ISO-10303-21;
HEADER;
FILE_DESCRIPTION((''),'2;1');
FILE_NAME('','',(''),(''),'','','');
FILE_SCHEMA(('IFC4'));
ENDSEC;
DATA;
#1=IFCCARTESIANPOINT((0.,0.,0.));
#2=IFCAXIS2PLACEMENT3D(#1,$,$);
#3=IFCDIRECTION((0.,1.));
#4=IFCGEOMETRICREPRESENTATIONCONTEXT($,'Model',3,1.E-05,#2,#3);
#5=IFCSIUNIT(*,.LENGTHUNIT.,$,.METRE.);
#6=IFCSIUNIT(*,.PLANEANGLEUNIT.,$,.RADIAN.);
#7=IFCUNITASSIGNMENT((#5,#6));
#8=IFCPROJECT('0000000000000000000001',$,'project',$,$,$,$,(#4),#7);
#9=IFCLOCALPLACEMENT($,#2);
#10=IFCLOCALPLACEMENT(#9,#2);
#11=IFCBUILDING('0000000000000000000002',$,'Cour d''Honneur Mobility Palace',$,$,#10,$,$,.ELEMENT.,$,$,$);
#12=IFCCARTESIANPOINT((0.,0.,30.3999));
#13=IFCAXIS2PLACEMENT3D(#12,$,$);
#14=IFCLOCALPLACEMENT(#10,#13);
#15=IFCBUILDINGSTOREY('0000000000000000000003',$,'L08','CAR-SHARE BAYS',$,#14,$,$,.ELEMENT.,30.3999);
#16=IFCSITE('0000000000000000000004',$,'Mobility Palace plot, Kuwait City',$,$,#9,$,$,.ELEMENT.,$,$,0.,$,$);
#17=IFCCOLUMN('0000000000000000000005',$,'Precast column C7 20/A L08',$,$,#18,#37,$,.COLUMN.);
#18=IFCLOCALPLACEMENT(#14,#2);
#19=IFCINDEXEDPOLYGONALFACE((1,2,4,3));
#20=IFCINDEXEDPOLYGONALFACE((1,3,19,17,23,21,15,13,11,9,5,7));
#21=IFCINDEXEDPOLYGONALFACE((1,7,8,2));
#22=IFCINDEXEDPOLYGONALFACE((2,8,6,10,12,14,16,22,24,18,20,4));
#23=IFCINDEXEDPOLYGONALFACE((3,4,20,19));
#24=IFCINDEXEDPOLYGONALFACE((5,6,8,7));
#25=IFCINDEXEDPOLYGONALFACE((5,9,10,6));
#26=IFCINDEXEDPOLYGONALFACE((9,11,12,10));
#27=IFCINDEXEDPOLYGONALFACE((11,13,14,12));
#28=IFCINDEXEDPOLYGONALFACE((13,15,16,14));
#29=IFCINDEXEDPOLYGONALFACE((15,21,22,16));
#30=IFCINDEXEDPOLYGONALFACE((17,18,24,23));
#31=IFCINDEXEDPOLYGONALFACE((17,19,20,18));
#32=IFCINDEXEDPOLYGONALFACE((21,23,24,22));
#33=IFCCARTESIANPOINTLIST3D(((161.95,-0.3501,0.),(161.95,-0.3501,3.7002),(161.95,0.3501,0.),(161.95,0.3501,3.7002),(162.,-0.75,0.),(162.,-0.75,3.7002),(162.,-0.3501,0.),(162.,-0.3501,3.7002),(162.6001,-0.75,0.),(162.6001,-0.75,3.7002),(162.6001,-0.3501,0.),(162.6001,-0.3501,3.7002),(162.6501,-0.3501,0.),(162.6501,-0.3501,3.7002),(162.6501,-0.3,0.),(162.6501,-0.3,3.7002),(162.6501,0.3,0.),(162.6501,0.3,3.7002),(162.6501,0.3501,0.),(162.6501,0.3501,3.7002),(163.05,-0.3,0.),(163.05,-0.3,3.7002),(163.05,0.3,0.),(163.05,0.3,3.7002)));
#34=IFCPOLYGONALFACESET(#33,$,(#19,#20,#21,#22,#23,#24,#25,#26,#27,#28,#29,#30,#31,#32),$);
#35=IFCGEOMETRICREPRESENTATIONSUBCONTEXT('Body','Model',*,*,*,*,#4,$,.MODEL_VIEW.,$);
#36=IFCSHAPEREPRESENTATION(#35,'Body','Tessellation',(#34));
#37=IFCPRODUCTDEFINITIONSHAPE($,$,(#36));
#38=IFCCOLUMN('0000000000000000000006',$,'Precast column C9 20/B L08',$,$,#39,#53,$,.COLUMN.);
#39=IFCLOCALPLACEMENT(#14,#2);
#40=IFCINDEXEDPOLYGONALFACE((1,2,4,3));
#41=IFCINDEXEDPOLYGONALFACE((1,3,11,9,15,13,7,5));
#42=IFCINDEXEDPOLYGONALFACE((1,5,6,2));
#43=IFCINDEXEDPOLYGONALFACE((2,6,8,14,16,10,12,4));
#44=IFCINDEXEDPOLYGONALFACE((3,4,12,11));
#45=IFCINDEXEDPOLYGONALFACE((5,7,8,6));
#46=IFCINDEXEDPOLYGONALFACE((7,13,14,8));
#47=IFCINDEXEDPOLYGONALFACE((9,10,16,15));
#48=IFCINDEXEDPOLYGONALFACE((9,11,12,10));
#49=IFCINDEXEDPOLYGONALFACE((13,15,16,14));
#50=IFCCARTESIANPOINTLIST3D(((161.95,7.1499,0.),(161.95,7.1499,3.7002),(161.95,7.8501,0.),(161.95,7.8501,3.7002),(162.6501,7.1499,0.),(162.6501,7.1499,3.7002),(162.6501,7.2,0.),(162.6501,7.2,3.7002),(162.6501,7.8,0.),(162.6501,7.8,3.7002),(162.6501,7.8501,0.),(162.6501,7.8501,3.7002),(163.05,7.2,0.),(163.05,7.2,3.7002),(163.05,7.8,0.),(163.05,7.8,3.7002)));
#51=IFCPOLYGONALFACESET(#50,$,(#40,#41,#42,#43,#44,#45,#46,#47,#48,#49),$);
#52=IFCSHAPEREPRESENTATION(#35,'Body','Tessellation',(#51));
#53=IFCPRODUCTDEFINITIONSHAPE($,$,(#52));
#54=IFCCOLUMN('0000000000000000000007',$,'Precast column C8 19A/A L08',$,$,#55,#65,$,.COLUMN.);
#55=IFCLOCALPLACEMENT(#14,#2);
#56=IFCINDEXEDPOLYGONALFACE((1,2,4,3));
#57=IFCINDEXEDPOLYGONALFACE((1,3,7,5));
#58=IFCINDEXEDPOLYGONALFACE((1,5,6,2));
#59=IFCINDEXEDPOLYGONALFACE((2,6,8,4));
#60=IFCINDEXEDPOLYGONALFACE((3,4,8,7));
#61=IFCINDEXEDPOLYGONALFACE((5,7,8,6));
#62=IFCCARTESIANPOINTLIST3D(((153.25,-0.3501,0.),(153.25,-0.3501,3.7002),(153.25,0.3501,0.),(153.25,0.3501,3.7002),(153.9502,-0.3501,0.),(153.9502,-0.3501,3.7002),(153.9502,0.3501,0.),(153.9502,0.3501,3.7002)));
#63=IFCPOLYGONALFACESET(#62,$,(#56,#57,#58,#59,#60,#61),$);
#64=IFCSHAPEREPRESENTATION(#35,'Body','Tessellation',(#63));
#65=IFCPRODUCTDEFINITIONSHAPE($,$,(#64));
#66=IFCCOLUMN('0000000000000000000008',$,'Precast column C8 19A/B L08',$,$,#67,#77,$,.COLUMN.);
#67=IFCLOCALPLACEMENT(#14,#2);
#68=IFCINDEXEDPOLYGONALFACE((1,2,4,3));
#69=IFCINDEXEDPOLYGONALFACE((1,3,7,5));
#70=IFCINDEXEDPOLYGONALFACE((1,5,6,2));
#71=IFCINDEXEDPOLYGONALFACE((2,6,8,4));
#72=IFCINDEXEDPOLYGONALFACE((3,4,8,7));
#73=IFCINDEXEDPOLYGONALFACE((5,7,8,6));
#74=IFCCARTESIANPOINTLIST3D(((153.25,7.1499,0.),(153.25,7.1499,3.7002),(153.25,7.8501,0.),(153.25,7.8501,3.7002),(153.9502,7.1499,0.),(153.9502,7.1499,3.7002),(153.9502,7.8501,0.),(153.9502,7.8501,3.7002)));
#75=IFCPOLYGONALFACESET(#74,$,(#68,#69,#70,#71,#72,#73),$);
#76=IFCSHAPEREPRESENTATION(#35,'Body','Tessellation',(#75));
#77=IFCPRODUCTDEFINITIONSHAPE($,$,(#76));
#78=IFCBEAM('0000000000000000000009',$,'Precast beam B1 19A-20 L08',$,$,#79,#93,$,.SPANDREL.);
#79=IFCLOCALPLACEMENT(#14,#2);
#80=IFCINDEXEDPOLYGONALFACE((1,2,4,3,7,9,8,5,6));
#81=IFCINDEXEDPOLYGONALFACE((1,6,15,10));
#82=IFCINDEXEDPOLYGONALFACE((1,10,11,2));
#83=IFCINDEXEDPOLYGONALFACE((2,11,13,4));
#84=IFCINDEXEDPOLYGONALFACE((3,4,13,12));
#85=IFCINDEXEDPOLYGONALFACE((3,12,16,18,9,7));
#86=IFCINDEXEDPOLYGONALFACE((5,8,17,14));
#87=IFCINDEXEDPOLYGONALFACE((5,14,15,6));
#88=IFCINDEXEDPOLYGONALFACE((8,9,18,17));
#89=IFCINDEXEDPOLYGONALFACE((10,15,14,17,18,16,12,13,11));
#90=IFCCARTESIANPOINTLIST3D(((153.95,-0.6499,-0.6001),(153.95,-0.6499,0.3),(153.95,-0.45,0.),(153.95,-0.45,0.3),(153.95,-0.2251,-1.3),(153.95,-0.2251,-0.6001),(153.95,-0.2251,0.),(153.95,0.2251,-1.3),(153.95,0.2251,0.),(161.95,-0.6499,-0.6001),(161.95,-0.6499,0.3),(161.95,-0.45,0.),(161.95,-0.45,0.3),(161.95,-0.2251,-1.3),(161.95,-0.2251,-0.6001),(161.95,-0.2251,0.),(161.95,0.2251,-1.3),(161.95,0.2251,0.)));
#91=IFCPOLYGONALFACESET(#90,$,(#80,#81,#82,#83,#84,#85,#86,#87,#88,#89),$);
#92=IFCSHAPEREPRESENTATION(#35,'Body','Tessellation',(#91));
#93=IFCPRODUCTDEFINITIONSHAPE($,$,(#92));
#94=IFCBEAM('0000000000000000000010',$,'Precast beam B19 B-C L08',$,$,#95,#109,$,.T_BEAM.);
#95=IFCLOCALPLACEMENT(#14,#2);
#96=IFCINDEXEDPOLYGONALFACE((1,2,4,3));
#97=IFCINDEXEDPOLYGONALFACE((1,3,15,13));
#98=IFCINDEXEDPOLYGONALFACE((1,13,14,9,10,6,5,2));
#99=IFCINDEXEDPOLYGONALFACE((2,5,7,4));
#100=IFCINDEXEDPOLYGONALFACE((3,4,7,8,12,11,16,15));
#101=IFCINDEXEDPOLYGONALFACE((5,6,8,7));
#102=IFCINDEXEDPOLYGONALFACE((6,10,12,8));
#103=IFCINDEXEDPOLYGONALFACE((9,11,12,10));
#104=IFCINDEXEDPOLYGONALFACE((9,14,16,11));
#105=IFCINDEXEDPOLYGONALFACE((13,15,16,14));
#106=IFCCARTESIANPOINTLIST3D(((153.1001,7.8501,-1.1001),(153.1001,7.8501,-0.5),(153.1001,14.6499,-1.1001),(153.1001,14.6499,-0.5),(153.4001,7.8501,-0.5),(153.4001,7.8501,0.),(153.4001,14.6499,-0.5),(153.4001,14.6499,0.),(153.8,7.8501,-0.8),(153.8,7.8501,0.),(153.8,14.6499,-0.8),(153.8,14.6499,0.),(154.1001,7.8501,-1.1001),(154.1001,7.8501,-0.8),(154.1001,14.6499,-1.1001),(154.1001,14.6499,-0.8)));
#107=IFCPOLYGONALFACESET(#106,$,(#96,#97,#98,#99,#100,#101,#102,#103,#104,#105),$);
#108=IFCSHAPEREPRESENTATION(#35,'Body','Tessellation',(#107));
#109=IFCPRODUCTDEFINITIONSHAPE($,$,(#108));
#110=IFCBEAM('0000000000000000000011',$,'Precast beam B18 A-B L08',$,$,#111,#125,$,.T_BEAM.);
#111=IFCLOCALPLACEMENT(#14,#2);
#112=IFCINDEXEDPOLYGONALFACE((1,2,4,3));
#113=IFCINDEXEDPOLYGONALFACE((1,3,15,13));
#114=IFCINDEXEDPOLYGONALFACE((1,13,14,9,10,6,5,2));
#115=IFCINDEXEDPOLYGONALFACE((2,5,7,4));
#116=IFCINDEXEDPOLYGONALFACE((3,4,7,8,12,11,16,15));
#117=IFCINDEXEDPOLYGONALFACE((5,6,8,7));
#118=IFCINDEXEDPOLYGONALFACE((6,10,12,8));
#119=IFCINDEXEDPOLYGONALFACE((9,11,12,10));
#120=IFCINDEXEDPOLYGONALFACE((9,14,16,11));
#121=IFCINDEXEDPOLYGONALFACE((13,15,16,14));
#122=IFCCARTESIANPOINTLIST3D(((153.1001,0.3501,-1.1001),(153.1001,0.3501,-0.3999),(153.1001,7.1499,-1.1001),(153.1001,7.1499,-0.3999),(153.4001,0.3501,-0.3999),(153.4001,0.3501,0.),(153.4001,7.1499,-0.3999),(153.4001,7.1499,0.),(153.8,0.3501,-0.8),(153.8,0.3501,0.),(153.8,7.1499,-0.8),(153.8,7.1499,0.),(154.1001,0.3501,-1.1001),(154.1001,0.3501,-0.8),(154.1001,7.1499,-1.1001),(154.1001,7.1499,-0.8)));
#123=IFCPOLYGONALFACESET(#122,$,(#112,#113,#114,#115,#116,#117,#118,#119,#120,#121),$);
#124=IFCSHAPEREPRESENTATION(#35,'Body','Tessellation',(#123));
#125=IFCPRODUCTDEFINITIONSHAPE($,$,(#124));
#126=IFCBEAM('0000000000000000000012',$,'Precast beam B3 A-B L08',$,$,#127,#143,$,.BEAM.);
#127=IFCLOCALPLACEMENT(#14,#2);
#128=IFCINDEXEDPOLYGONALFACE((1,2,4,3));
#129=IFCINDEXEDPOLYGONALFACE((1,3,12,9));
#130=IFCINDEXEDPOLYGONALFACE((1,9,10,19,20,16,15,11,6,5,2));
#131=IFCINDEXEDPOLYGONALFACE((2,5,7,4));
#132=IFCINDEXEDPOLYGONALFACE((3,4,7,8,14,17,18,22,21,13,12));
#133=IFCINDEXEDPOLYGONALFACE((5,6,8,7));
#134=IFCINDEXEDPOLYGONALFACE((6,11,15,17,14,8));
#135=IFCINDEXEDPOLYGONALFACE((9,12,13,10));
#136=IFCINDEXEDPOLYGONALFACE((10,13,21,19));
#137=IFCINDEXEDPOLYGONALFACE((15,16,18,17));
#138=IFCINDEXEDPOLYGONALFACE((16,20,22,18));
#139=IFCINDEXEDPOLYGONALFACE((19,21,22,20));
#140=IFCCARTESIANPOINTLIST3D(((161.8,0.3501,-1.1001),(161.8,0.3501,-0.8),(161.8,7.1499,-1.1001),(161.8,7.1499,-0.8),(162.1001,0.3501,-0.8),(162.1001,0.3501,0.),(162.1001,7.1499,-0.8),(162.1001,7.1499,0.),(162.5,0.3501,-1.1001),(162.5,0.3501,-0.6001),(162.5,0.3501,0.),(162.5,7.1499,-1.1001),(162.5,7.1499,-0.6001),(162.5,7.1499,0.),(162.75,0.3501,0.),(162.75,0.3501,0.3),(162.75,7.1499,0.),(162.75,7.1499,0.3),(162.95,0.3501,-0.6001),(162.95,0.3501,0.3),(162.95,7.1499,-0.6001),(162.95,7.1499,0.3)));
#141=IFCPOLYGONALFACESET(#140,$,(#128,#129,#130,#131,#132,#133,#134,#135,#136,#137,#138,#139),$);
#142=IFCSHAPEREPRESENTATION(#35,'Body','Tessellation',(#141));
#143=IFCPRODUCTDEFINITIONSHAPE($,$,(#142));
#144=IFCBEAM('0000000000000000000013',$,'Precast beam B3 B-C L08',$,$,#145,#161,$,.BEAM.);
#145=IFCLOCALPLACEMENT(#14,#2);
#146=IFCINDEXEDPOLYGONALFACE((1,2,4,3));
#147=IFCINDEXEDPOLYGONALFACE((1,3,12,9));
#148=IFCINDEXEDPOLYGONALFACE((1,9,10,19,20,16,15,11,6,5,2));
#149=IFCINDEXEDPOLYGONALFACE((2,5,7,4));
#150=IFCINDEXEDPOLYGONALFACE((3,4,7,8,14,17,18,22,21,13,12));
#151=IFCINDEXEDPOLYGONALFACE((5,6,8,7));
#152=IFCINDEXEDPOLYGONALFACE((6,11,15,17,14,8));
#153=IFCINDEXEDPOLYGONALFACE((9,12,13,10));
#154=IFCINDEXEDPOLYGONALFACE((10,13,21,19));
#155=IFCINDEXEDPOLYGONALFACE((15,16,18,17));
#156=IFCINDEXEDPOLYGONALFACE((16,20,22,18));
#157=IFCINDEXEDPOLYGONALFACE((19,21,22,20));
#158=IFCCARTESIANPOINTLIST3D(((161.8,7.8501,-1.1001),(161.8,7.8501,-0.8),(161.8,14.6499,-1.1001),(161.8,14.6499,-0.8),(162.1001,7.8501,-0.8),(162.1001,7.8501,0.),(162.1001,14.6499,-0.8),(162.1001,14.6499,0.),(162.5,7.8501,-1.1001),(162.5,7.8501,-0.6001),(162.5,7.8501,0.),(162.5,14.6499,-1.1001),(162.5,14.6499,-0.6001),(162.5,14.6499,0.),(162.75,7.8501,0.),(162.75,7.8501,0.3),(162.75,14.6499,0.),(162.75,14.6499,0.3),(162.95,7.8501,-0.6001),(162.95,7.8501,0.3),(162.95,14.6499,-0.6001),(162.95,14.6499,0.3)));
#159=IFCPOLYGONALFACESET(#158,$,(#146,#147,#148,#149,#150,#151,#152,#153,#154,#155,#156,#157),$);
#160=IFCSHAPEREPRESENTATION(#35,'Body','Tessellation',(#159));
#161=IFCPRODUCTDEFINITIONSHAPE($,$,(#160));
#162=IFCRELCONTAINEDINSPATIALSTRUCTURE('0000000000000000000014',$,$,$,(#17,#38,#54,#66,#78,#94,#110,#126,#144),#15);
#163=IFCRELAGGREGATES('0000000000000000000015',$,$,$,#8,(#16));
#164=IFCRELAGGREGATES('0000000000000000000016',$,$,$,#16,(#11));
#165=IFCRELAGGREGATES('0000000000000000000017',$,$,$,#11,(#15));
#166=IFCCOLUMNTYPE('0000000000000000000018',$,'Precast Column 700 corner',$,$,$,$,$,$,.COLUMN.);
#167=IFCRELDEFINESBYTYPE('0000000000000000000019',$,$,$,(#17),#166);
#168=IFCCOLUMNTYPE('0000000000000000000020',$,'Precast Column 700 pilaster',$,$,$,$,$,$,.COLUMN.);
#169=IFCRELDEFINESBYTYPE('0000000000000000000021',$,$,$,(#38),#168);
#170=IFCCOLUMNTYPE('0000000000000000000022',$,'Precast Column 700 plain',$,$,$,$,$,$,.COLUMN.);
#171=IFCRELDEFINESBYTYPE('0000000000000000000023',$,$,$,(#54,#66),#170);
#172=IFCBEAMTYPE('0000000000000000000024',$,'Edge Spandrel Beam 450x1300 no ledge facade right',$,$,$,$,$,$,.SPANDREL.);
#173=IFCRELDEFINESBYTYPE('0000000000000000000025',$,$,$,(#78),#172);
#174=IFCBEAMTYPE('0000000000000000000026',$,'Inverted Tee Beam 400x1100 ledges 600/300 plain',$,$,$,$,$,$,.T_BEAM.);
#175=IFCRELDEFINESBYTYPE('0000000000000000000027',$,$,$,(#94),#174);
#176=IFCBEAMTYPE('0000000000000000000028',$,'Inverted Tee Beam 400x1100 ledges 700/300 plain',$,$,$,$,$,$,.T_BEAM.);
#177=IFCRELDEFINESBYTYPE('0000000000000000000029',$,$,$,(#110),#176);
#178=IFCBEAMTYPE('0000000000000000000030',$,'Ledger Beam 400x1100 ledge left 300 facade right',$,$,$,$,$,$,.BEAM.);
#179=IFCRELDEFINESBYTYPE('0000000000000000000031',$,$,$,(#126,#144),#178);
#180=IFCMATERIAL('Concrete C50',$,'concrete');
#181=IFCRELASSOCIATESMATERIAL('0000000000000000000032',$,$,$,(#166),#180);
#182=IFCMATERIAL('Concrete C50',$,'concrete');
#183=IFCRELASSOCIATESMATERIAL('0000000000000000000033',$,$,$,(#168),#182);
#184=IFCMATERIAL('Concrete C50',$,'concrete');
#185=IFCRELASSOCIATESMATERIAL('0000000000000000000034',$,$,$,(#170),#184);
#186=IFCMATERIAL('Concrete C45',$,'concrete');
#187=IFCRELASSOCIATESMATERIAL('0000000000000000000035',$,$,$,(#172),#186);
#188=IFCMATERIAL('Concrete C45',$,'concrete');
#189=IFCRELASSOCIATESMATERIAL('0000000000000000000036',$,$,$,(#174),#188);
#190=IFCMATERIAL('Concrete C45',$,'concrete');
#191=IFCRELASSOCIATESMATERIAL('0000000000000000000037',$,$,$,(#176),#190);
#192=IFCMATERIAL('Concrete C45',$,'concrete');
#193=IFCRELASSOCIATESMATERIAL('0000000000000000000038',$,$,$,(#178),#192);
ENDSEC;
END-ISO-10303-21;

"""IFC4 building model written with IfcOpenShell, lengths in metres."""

from ifc_helpers import new_model, si_unit, direction, frame, origin, place, context, subcontext, project, spatial, polyline, outline, extrude, material, material_profile, profile_set, type_object, element, save


model = new_model("IFC4")

# Units and contexts
model_context = context("Model", 3, precision=1e-05, world=origin(), true_north=direction((0.0, 1.0)))
body_context = subcontext(model_context, "Body", "Model", "MODEL_VIEW")
ifc_project = project(units=[si_unit("LENGTHUNIT", "METRE"), si_unit("PLANEANGLEUNIT", "RADIAN")], contexts=[model_context])

# Site, building, storey
site_placement = place(None, origin())
site = spatial("IfcSite", under=ifc_project, at=site_placement, Name="Mobility Palace plot, Kuwait City", CompositionType="ELEMENT", RefElevation=0.0)
building_placement = place(site_placement, origin())
building = spatial("IfcBuilding", under=site, at=building_placement, Name="Cour d'Honneur Mobility Palace", CompositionType="ELEMENT")
storey_placement = place(building_placement, frame((0.0, 0.0, 30.3999)))
storey = spatial("IfcBuildingStorey", under=building, at=storey_placement, Name="L08", Description="CAR-SHARE BAYS", CompositionType="ELEMENT", Elevation=30.3999)

# Columns
ifc_material_1 = material(Name="Concrete C50", Category="concrete")
ifc_material_profile_1 = material_profile(ifc_material_1, outline(polyline([(-0.3501, -0.3501), (0.3501, -0.3501), (0.3501, -0.3), (0.75, -0.3), (0.75, 0.3), (0.3501, 0.3), (0.3501, 0.3501), (0.3, 0.3501), (0.3, 0.75), (-0.3, 0.75), (-0.3, 0.3501), (-0.3501, 0.3501), (-0.3501, -0.3501)])), Name="PC C700 corner")
ifc_profile_set_1 = profile_set([ifc_material_profile_1], Name="Concrete C50")
column_type_1 = type_object("IfcColumnType", Name="Precast Column 700 corner", PredefinedType="COLUMN", material=ifc_profile_set_1)
column_1_placement = place(storey_placement, frame((162.3, 0.0, 0.0), z_axis=(0.0, 0.0, 1.0), x_axis=(0.0, -1.0, 0.0)))
element("IfcColumn", 1, at=column_1_placement, inside=storey, type_object=column_type_1, Name="Precast column C7 20/A L08", PredefinedType="COLUMN", context=body_context, shape_type="SweptSolid", body=[
    extrude(outline(polyline([(-0.3501, -0.3501), (0.3501, -0.3501), (0.3501, -0.3), (0.75, -0.3), (0.75, 0.3), (0.3501, 0.3), (0.3501, 0.3501), (0.3, 0.3501), (0.3, 0.75), (-0.3, 0.75), (-0.3, 0.3501), (-0.3501, 0.3501), (-0.3501, -0.3501)])), origin(), (0.0, 0.0, 1.0), 3.7002),
])
ifc_material_2 = material(Name="Concrete C50", Category="concrete")
ifc_material_profile_2 = material_profile(ifc_material_2, outline(polyline([(-0.3501, -0.3501), (0.3501, -0.3501), (0.3501, -0.3), (0.75, -0.3), (0.75, 0.3), (0.3501, 0.3), (0.3501, 0.3501), (-0.3501, 0.3501), (-0.3501, -0.3501)])), Name="PC C700 pilaster")
ifc_profile_set_2 = profile_set([ifc_material_profile_2], Name="Concrete C50")
column_type_2 = type_object("IfcColumnType", Name="Precast Column 700 pilaster", PredefinedType="COLUMN", material=ifc_profile_set_2)
column_2_placement = place(storey_placement, frame((162.3, 7.5, 0.0), z_axis=(0.0, 0.0, 1.0), x_axis=(1.0, 0.0, 0.0)))
element("IfcColumn", 2, at=column_2_placement, inside=storey, type_object=column_type_2, Name="Precast column C9 20/B L08", PredefinedType="COLUMN", context=body_context, shape_type="SweptSolid", body=[
    extrude(outline(polyline([(-0.3501, -0.3501), (0.3501, -0.3501), (0.3501, -0.3), (0.75, -0.3), (0.75, 0.3), (0.3501, 0.3), (0.3501, 0.3501), (-0.3501, 0.3501), (-0.3501, -0.3501)])), origin(), (0.0, 0.0, 1.0), 3.7002),
])
ifc_material_3 = material(Name="Concrete C50", Category="concrete")
ifc_material_profile_3 = material_profile(ifc_material_3, outline(polyline([(-0.3501, -0.3501), (0.3501, -0.3501), (0.3501, 0.3501), (-0.3501, 0.3501), (-0.3501, -0.3501)])), Name="PC C700 plain")
ifc_profile_set_3 = profile_set([ifc_material_profile_3], Name="Concrete C50")
column_type_3 = type_object("IfcColumnType", Name="Precast Column 700 plain", PredefinedType="COLUMN", material=ifc_profile_set_3)
for number, where, z_axis, x_axis, name in (
    (3, (153.6001, 0.0, 0.0), (0.0, 0.0, 1.0), (1.0, 0.0, 0.0), "Precast column C8 19A/A L08"),
    (4, (153.6001, 7.5, 0.0), (0.0, 0.0, 1.0), (1.0, 0.0, 0.0), "Precast column C8 19A/B L08"),
):
    element("IfcColumn", number, at=place(storey_placement, frame(where, z_axis=z_axis, x_axis=x_axis)), inside=storey, type_object=column_type_3, Name=name, PredefinedType="COLUMN", context=body_context, shape_type="SweptSolid", body=[
        extrude(outline(polyline([(-0.3501, -0.3501), (0.3501, -0.3501), (0.3501, 0.3501), (-0.3501, 0.3501), (-0.3501, -0.3501)])), origin(), (0.0, 0.0, 1.0), 3.7002),
    ])

# Beams
ifc_material_4 = material(Name="Concrete C45", Category="concrete")
ifc_material_profile_4 = material_profile(ifc_material_4, outline(polyline([(0.2251, -1.3), (0.2251, 0.0), (-0.2251, 0.0), (-0.45, 0.0), (-0.45, 0.3), (-0.6499, 0.3), (-0.6499, -0.6001), (-0.2251, -0.6001), (-0.2251, -1.3), (0.2251, -1.3)])), Name="Edge Spandrel Beam 450x1300 no ledge facade right")
ifc_profile_set_4 = profile_set([ifc_material_profile_4], Name="Concrete C45")
beam_type_1 = type_object("IfcBeamType", Name="Edge Spandrel Beam 450x1300 no ledge facade right", PredefinedType="SPANDREL", material=ifc_profile_set_4)
beam_1_placement = place(storey_placement, frame((153.95, 0.0, 0.0), z_axis=(1.0, 0.0, 0.0), x_axis=(0.0, 1.0, 0.0)))
element("IfcBeam", 5, at=beam_1_placement, inside=storey, type_object=beam_type_1, Name="Precast beam B1 19A-20 L08", PredefinedType="SPANDREL", context=body_context, shape_type="SweptSolid", body=[
    extrude(outline(polyline([(0.2251, -1.3), (0.2251, 0.0), (-0.2251, 0.0), (-0.45, 0.0), (-0.45, 0.3), (-0.6499, 0.3), (-0.6499, -0.6001), (-0.2251, -0.6001), (-0.2251, -1.3), (0.2251, -1.3)])), origin(), (0.0, 0.0, 1.0), 8.0),
])
ifc_material_5 = material(Name="Concrete C45", Category="concrete")
ifc_material_profile_5 = material_profile(ifc_material_5, outline(polyline([(0.5, -1.1001), (0.5, -0.5), (0.2, -0.5), (0.2, 0.0), (-0.2, 0.0), (-0.2, -0.8), (-0.5, -0.8), (-0.5, -1.1001), (0.5, -1.1001)])), Name="Inverted Tee Beam 400x1100 ledges 600/300 plain")
ifc_profile_set_5 = profile_set([ifc_material_profile_5], Name="Concrete C45")
beam_type_2 = type_object("IfcBeamType", Name="Inverted Tee Beam 400x1100 ledges 600/300 plain", PredefinedType="T_BEAM", material=ifc_profile_set_5)
beam_2_placement = place(storey_placement, frame((153.6001, 7.8501, 0.0), z_axis=(0.0, 1.0, 0.0), x_axis=(-1.0, 0.0, 0.0)))
element("IfcBeam", 6, at=beam_2_placement, inside=storey, type_object=beam_type_2, Name="Precast beam B19 B-C L08", PredefinedType="T_BEAM", context=body_context, shape_type="SweptSolid", body=[
    extrude(outline(polyline([(0.5, -1.1001), (0.5, -0.5), (0.2, -0.5), (0.2, 0.0), (-0.2, 0.0), (-0.2, -0.8), (-0.5, -0.8), (-0.5, -1.1001), (0.5, -1.1001)])), origin(), (0.0, 0.0, 1.0), 6.7998),
])
ifc_material_6 = material(Name="Concrete C45", Category="concrete")
ifc_material_profile_6 = material_profile(ifc_material_6, outline(polyline([(0.5, -1.1001), (0.5, -0.3999), (0.2, -0.3999), (0.2, 0.0), (-0.2, 0.0), (-0.2, -0.8), (-0.5, -0.8), (-0.5, -1.1001), (0.5, -1.1001)])), Name="Inverted Tee Beam 400x1100 ledges 700/300 plain")
ifc_profile_set_6 = profile_set([ifc_material_profile_6], Name="Concrete C45")
beam_type_3 = type_object("IfcBeamType", Name="Inverted Tee Beam 400x1100 ledges 700/300 plain", PredefinedType="T_BEAM", material=ifc_profile_set_6)
beam_3_placement = place(storey_placement, frame((153.6001, 0.3501, 0.0), z_axis=(0.0, 1.0, 0.0), x_axis=(-1.0, 0.0, 0.0)))
element("IfcBeam", 7, at=beam_3_placement, inside=storey, type_object=beam_type_3, Name="Precast beam B18 A-B L08", PredefinedType="T_BEAM", context=body_context, shape_type="SweptSolid", body=[
    extrude(outline(polyline([(0.5, -1.1001), (0.5, -0.3999), (0.2, -0.3999), (0.2, 0.0), (-0.2, 0.0), (-0.2, -0.8), (-0.5, -0.8), (-0.5, -1.1001), (0.5, -1.1001)])), origin(), (0.0, 0.0, 1.0), 6.7998),
])
ifc_material_7 = material(Name="Concrete C45", Category="concrete")
ifc_material_profile_7 = material_profile(ifc_material_7, outline(polyline([(0.5, -1.1001), (0.5, -0.8), (0.2, -0.8), (0.2, 0.0), (-0.2, 0.0), (-0.45, 0.0), (-0.45, 0.3), (-0.6499, 0.3), (-0.6499, -0.6001), (-0.2, -0.6001), (-0.2, -1.1001), (0.5, -1.1001)])), Name="Ledger Beam 400x1100 ledge left 300 facade right")
ifc_profile_set_7 = profile_set([ifc_material_profile_7], Name="Concrete C45")
beam_type_4 = type_object("IfcBeamType", Name="Ledger Beam 400x1100 ledge left 300 facade right", PredefinedType="BEAM", material=ifc_profile_set_7)
for number, where, z_axis, x_axis, name in (
    (8, (162.3, 0.3501, 0.0), (0.0, 1.0, 0.0), (-1.0, 0.0, 0.0), "Precast beam B3 A-B L08"),
    (9, (162.3, 7.8501, 0.0), (0.0, 1.0, 0.0), (-1.0, 0.0, 0.0), "Precast beam B3 B-C L08"),
):
    element("IfcBeam", number, at=place(storey_placement, frame(where, z_axis=z_axis, x_axis=x_axis)), inside=storey, type_object=beam_type_4, Name=name, PredefinedType="BEAM", context=body_context, shape_type="SweptSolid", body=[
        extrude(outline(polyline([(0.5, -1.1001), (0.5, -0.8), (0.2, -0.8), (0.2, 0.0), (-0.2, 0.0), (-0.45, 0.0), (-0.45, 0.3), (-0.6499, 0.3), (-0.6499, -0.6001), (-0.2, -0.6001), (-0.2, -1.1001), (0.5, -1.1001)])), origin(), (0.0, 0.0, 1.0), 6.7998),
    ])

save(model, "model.ifc")
